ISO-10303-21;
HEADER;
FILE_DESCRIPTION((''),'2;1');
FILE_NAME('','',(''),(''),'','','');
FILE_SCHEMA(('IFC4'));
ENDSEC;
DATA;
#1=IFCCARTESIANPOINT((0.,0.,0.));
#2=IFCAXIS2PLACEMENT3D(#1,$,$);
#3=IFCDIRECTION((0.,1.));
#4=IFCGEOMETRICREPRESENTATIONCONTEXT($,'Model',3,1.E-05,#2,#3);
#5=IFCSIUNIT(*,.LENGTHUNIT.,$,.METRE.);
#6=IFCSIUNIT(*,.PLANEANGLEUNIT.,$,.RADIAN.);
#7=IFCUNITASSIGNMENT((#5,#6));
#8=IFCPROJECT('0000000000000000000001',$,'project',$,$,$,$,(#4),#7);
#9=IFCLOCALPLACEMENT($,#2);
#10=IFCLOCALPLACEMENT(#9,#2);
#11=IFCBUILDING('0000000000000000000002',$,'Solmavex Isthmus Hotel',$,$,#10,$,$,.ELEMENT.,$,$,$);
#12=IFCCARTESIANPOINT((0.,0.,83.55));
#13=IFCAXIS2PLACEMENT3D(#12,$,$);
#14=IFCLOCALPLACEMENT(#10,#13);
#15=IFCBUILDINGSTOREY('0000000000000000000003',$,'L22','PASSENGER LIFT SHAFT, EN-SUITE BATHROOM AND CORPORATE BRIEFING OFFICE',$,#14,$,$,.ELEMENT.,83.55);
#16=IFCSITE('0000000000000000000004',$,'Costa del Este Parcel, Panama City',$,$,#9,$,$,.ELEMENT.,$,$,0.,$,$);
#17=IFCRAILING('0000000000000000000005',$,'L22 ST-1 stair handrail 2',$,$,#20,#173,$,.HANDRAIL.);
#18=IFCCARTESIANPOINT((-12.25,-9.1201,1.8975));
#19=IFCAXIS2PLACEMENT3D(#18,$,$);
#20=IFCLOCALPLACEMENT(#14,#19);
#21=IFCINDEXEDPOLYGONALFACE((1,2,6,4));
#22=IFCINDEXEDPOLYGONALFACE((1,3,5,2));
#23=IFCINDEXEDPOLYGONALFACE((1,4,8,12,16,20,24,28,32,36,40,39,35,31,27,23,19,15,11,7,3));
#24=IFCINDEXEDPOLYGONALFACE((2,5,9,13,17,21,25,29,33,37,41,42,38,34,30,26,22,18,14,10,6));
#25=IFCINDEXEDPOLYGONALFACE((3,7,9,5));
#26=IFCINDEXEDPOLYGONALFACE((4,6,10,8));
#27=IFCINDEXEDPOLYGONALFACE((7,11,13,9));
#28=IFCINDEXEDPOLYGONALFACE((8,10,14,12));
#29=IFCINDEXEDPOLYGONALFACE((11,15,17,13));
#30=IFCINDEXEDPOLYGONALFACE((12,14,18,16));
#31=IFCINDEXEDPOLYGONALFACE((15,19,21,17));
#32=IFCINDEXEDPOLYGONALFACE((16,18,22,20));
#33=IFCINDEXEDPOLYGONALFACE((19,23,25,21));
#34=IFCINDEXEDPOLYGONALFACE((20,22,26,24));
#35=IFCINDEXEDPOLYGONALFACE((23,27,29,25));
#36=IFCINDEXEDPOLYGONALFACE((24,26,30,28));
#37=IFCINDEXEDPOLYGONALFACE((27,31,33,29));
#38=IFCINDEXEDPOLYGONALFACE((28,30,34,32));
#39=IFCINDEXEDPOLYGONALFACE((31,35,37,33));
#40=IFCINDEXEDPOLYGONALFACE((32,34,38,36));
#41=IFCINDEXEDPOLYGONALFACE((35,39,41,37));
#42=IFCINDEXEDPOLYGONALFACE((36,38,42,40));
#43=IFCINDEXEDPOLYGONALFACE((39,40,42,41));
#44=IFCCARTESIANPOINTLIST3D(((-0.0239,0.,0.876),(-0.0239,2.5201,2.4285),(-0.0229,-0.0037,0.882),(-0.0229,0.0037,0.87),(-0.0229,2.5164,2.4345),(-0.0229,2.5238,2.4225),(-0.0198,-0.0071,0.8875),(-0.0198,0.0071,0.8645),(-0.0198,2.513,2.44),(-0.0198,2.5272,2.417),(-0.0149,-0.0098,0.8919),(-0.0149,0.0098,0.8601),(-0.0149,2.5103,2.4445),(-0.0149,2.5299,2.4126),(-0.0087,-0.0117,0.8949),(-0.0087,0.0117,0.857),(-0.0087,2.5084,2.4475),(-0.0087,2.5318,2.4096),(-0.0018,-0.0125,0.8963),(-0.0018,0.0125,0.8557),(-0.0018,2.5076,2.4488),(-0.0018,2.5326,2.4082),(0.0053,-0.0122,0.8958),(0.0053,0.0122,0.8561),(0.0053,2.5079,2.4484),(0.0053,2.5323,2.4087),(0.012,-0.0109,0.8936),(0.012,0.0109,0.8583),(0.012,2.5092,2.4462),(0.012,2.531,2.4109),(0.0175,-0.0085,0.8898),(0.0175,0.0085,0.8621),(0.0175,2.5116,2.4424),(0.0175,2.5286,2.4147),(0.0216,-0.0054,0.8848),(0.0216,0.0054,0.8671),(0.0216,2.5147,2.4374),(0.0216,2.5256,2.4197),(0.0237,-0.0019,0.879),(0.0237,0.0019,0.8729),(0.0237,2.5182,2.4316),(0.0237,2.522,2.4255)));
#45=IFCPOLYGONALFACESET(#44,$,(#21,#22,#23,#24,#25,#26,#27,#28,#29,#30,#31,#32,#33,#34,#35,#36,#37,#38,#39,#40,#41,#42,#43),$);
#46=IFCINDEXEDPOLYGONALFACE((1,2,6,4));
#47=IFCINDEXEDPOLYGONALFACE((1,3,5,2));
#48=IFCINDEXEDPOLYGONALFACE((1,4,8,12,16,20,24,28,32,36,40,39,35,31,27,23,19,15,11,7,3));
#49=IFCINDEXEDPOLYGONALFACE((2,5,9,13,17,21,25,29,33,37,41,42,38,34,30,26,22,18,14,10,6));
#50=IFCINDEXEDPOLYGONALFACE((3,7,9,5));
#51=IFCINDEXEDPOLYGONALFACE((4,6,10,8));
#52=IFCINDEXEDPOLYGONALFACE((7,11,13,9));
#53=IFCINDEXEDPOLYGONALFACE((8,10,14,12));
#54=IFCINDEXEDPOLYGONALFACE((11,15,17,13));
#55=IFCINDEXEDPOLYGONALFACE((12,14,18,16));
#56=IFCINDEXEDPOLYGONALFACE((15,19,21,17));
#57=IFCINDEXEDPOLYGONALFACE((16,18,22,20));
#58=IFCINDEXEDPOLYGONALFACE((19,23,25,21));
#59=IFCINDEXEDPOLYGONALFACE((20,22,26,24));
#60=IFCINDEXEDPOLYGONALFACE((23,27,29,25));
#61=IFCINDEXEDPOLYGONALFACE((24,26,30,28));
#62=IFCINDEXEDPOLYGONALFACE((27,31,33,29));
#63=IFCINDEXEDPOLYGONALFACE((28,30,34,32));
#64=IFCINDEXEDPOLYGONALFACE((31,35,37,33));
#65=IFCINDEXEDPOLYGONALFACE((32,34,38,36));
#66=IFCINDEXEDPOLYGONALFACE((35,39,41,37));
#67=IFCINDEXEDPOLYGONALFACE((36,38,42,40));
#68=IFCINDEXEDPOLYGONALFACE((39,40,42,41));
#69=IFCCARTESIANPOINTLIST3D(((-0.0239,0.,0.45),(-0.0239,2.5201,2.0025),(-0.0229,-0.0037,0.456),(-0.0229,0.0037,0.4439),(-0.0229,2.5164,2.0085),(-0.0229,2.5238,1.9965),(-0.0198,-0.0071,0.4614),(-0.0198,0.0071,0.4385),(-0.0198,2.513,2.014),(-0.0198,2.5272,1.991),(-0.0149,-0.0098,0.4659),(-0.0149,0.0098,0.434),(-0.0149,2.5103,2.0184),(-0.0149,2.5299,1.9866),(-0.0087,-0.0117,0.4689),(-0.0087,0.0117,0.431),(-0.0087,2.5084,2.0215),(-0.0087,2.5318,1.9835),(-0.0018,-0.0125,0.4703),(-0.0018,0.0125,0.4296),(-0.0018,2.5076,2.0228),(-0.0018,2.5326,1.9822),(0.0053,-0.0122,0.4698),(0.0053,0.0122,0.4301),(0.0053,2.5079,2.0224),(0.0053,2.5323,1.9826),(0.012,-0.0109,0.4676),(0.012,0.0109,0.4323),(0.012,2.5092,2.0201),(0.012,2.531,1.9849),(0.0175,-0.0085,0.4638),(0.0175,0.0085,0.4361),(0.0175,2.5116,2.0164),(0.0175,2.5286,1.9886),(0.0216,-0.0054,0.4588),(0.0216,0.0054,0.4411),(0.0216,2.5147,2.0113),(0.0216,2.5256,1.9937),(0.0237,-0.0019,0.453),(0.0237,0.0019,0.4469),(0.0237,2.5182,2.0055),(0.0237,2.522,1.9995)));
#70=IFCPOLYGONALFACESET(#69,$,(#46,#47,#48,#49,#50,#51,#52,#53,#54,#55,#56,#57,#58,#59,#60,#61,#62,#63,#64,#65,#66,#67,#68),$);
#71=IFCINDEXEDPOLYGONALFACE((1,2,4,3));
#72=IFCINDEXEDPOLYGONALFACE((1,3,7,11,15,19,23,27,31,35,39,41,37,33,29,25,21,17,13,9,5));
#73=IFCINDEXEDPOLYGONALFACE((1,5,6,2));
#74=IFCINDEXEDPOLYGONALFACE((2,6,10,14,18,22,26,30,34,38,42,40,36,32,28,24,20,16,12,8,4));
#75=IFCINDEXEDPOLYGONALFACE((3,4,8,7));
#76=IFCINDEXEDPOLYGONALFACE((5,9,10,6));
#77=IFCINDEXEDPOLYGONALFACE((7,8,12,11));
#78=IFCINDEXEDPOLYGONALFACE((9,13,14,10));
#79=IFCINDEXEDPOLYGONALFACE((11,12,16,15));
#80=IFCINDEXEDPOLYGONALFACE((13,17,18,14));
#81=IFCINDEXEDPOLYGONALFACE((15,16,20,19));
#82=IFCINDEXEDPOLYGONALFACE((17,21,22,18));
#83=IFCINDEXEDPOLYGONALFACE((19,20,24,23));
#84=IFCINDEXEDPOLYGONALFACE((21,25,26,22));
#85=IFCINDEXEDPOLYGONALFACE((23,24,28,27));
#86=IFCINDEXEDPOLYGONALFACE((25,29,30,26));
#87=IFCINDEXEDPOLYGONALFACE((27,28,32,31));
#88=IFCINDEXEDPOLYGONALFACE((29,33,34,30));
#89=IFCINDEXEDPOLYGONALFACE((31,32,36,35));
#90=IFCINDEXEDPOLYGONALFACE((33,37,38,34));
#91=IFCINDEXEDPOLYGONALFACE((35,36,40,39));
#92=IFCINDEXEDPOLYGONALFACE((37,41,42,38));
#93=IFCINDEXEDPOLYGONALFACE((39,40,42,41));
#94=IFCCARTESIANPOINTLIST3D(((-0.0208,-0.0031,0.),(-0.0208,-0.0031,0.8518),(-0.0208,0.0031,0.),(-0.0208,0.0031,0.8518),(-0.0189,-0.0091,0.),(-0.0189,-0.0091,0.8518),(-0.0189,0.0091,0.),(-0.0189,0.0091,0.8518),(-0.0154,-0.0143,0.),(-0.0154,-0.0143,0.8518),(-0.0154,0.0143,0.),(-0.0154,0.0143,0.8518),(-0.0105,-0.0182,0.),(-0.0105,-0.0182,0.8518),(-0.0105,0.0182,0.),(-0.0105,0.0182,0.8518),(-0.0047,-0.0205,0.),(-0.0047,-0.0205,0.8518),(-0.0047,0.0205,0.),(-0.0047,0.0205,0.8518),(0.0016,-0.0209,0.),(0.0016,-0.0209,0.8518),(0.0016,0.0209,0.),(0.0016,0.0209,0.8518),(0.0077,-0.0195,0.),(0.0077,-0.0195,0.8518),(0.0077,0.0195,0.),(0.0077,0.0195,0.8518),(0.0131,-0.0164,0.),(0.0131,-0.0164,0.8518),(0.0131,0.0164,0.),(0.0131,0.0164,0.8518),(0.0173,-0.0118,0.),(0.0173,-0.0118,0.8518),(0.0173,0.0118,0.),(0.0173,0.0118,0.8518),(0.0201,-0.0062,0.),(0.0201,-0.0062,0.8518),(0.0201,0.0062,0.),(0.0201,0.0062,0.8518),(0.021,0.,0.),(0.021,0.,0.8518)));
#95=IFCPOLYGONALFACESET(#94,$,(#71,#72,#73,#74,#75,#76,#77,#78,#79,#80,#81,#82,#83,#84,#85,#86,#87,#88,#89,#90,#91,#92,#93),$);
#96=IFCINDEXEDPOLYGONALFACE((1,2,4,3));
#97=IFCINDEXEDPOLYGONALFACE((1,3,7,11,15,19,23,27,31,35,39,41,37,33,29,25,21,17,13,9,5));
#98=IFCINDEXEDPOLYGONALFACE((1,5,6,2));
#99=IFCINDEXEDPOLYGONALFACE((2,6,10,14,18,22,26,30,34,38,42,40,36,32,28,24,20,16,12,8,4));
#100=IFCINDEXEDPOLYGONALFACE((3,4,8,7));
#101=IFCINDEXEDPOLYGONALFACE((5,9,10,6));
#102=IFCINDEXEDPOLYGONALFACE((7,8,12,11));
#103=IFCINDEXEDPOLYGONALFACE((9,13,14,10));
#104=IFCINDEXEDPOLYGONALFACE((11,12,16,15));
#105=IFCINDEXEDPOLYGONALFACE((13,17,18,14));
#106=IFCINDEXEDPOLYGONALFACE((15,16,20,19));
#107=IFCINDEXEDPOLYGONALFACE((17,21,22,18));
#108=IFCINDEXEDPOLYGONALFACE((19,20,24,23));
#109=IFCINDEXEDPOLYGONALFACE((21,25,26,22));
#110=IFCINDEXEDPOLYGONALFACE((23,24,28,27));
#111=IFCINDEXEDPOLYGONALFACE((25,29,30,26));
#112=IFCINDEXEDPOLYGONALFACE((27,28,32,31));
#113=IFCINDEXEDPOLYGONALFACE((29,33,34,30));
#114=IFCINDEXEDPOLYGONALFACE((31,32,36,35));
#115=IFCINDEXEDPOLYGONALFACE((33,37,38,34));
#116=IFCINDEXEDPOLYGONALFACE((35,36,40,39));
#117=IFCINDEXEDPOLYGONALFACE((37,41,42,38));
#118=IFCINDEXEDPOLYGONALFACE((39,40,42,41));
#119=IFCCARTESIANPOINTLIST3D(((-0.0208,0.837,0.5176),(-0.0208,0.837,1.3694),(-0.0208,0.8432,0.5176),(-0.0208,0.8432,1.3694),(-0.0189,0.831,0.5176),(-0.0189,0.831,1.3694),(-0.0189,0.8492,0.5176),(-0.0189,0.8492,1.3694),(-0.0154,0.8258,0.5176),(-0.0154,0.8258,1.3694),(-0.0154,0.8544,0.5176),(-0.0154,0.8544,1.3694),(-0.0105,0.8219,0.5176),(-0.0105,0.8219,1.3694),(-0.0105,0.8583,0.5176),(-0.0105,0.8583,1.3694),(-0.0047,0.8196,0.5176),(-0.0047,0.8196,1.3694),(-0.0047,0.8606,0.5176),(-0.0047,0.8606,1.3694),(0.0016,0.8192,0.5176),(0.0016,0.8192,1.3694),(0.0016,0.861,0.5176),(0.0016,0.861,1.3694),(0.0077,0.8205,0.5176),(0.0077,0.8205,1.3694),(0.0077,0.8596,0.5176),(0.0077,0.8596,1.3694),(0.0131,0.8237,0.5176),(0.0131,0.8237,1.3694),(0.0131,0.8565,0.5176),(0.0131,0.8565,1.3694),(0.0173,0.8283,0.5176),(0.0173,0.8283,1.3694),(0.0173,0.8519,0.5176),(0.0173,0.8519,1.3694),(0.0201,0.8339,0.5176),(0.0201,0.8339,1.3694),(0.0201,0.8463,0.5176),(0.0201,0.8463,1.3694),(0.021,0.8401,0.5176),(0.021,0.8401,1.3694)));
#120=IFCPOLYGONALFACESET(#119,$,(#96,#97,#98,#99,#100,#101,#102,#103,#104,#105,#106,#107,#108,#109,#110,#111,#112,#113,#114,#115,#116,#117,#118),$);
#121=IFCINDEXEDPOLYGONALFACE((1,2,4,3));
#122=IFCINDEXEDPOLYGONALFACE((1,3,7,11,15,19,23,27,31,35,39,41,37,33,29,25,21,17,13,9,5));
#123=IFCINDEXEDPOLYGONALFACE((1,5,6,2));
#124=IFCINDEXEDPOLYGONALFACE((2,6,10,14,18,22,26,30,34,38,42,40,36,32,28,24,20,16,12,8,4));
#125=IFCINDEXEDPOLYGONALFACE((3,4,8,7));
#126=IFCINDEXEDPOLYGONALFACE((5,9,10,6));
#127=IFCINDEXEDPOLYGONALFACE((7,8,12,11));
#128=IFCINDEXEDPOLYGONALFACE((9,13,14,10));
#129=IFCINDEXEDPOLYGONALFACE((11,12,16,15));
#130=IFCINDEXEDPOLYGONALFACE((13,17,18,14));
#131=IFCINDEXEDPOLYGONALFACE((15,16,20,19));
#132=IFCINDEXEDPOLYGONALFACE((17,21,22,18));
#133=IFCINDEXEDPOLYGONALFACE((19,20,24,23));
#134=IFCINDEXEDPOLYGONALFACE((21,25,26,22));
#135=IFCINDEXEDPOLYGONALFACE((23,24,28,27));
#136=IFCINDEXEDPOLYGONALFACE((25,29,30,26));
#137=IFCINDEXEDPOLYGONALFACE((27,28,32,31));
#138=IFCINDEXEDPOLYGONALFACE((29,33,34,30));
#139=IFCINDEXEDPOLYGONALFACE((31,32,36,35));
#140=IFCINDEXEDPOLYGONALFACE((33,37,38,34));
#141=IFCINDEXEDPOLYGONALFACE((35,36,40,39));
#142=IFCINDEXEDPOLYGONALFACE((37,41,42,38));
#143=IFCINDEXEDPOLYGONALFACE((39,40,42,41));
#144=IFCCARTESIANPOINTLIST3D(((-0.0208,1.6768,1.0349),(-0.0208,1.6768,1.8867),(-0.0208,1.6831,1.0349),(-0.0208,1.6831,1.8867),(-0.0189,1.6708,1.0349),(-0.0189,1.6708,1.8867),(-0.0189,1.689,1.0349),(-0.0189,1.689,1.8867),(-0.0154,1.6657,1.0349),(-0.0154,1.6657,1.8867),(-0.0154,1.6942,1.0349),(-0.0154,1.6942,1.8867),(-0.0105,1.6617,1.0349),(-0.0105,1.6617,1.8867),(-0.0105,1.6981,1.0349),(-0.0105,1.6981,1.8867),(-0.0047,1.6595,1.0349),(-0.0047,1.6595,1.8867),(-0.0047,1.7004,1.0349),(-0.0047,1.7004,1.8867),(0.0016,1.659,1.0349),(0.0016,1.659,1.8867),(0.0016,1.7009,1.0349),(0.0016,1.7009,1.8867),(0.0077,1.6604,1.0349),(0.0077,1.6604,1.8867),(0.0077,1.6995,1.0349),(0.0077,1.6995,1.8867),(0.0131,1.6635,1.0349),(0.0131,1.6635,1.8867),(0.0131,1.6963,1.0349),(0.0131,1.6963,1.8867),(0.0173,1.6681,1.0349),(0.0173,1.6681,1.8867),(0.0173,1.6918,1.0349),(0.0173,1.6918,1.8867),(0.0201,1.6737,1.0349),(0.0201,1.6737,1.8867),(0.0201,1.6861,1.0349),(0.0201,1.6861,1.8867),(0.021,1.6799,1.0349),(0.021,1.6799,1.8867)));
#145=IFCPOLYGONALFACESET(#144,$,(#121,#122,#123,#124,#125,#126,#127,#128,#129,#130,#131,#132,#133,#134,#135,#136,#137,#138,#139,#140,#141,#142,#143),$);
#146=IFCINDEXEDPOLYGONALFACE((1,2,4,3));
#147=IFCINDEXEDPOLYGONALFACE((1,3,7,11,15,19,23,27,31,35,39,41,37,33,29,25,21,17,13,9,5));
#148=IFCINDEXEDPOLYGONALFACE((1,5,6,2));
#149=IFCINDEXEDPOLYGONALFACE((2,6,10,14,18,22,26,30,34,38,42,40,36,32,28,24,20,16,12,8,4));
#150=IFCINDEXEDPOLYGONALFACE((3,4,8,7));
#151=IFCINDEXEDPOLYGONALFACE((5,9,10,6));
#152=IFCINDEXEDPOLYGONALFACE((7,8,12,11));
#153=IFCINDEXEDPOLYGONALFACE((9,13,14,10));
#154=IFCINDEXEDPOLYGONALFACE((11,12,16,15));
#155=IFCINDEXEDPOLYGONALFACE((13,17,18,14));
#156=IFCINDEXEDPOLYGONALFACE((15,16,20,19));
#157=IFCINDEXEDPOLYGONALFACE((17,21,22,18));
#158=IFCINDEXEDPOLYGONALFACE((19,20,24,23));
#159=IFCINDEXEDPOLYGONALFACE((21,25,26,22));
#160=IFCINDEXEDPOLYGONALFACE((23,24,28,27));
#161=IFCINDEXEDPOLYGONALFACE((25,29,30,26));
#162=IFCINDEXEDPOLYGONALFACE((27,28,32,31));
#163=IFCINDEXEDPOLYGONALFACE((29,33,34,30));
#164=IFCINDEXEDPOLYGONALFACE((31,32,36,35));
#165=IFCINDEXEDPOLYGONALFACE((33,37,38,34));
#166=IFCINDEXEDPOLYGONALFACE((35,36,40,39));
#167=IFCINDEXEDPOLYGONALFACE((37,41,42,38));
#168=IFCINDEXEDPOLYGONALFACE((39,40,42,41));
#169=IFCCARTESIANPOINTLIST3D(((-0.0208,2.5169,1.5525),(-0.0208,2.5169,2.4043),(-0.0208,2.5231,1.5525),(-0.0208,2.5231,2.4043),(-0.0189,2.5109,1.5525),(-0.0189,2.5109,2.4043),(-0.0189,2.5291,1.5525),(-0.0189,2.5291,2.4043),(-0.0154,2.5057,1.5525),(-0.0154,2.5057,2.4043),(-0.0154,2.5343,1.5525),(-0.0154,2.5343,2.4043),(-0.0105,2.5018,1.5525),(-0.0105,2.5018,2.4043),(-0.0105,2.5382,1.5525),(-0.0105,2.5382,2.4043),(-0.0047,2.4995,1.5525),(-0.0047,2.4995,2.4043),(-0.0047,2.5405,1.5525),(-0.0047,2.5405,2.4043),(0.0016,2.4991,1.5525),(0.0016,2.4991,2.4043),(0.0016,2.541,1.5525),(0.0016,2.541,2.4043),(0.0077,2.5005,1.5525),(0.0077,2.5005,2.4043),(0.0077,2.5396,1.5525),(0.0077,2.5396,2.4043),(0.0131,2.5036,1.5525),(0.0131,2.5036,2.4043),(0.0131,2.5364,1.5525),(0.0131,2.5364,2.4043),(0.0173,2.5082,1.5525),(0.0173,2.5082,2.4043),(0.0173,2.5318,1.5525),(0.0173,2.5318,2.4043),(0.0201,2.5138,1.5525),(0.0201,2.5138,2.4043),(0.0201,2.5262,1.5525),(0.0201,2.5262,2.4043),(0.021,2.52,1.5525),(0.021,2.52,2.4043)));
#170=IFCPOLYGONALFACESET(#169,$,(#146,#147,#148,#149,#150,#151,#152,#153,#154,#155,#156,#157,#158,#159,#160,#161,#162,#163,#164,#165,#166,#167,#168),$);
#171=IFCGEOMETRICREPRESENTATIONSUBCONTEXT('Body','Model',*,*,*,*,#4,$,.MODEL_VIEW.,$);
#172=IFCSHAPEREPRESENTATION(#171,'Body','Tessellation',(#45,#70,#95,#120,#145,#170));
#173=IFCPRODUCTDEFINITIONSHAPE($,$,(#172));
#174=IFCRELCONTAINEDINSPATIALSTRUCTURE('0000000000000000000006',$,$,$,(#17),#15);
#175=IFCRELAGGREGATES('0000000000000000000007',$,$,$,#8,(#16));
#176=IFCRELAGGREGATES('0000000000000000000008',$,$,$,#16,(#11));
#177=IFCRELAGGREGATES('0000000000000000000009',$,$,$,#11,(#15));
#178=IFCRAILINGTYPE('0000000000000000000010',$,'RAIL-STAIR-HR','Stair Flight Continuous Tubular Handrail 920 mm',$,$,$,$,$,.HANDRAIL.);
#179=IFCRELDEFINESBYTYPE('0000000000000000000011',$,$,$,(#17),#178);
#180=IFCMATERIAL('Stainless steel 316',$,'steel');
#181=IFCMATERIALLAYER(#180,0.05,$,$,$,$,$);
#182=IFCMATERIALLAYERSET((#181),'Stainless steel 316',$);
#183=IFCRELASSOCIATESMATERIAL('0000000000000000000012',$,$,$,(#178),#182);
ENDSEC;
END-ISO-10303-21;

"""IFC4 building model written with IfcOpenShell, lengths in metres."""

from ifc_helpers import new_model, si_unit, direction, frame, origin, origin_2d, place, context, subcontext, project, spatial, circle, extrude, material, layer, layer_set, type_object, element, save


model = new_model("IFC4")

# Units and contexts
model_context = context("Model", 3, precision=1e-05, world=origin(), true_north=direction((0.0, 1.0)))
body_context = subcontext(model_context, "Body", "Model", "MODEL_VIEW")
ifc_project = project(units=[si_unit("LENGTHUNIT", "METRE"), si_unit("PLANEANGLEUNIT", "RADIAN")], contexts=[model_context])

# Site, building, storey
site_placement = place(None, origin())
site = spatial("IfcSite", under=ifc_project, at=site_placement, Name="Costa del Este Parcel, Panama City", CompositionType="ELEMENT", RefElevation=0.0)
building_placement = place(site_placement, origin())
building = spatial("IfcBuilding", under=site, at=building_placement, Name="Solmavex Isthmus Hotel", CompositionType="ELEMENT")
storey_placement = place(building_placement, frame((0.0, 0.0, 83.55)))
storey = spatial("IfcBuildingStorey", under=building, at=storey_placement, Name="L22", Description="PASSENGER LIFT SHAFT, EN-SUITE BATHROOM AND CORPORATE BRIEFING OFFICE", CompositionType="ELEMENT", Elevation=83.55)

# Shared definitions
ifc_material_1 = material(Name="Stainless steel 316", Category="steel")

# Railing
ifc_layer_1 = layer(ifc_material_1, 0.05)
ifc_layer_set_1 = layer_set([ifc_layer_1], Name="Stainless steel 316")
railing_type = type_object("IfcRailingType", Name="RAIL-STAIR-HR", Description="Stair Flight Continuous Tubular Handrail 920 mm", PredefinedType="HANDRAIL", material=ifc_layer_set_1)
railing_placement = place(storey_placement, frame((-12.25, -9.1201, 1.8975)))
element("IfcRailing", 1, at=railing_placement, inside=storey, type_object=railing_type, Name="L22 ST-1 stair handrail 2", PredefinedType="HANDRAIL", context=body_context, shape_type="SweptSolid", body=[
    extrude(circle(Radius=0.0239, at=origin_2d()), frame((0.0, 0.0, 0.876), z_axis=(0.0, 0.8514, 0.524516), x_axis=(-1.0, 0.0, 0.0)), (0.0, 0.0, 1.0), 2.96),
    extrude(circle(Radius=0.0239, at=origin_2d()), frame((0.0, 0.0, 0.45), z_axis=(0.0, 0.8514, 0.524516), x_axis=(-1.0, 0.0, 0.0)), (0.0, 0.0, 1.0), 2.96),
    extrude(circle(Radius=0.021, at=origin_2d()), origin(), (0.0, 0.0, 1.0), 0.8518),
    extrude(circle(Radius=0.021, at=origin_2d()), frame((0.0, 0.8401, 0.5176)), (0.0, 0.0, 1.0), 0.8518),
    extrude(circle(Radius=0.021, at=origin_2d()), frame((0.0, 1.6799, 1.0349)), (0.0, 0.0, 1.0), 0.8518),
    extrude(circle(Radius=0.021, at=origin_2d()), frame((0.0, 2.52, 1.5525)), (0.0, 0.0, 1.0), 0.8518),
])

save(model, "model.ifc")
